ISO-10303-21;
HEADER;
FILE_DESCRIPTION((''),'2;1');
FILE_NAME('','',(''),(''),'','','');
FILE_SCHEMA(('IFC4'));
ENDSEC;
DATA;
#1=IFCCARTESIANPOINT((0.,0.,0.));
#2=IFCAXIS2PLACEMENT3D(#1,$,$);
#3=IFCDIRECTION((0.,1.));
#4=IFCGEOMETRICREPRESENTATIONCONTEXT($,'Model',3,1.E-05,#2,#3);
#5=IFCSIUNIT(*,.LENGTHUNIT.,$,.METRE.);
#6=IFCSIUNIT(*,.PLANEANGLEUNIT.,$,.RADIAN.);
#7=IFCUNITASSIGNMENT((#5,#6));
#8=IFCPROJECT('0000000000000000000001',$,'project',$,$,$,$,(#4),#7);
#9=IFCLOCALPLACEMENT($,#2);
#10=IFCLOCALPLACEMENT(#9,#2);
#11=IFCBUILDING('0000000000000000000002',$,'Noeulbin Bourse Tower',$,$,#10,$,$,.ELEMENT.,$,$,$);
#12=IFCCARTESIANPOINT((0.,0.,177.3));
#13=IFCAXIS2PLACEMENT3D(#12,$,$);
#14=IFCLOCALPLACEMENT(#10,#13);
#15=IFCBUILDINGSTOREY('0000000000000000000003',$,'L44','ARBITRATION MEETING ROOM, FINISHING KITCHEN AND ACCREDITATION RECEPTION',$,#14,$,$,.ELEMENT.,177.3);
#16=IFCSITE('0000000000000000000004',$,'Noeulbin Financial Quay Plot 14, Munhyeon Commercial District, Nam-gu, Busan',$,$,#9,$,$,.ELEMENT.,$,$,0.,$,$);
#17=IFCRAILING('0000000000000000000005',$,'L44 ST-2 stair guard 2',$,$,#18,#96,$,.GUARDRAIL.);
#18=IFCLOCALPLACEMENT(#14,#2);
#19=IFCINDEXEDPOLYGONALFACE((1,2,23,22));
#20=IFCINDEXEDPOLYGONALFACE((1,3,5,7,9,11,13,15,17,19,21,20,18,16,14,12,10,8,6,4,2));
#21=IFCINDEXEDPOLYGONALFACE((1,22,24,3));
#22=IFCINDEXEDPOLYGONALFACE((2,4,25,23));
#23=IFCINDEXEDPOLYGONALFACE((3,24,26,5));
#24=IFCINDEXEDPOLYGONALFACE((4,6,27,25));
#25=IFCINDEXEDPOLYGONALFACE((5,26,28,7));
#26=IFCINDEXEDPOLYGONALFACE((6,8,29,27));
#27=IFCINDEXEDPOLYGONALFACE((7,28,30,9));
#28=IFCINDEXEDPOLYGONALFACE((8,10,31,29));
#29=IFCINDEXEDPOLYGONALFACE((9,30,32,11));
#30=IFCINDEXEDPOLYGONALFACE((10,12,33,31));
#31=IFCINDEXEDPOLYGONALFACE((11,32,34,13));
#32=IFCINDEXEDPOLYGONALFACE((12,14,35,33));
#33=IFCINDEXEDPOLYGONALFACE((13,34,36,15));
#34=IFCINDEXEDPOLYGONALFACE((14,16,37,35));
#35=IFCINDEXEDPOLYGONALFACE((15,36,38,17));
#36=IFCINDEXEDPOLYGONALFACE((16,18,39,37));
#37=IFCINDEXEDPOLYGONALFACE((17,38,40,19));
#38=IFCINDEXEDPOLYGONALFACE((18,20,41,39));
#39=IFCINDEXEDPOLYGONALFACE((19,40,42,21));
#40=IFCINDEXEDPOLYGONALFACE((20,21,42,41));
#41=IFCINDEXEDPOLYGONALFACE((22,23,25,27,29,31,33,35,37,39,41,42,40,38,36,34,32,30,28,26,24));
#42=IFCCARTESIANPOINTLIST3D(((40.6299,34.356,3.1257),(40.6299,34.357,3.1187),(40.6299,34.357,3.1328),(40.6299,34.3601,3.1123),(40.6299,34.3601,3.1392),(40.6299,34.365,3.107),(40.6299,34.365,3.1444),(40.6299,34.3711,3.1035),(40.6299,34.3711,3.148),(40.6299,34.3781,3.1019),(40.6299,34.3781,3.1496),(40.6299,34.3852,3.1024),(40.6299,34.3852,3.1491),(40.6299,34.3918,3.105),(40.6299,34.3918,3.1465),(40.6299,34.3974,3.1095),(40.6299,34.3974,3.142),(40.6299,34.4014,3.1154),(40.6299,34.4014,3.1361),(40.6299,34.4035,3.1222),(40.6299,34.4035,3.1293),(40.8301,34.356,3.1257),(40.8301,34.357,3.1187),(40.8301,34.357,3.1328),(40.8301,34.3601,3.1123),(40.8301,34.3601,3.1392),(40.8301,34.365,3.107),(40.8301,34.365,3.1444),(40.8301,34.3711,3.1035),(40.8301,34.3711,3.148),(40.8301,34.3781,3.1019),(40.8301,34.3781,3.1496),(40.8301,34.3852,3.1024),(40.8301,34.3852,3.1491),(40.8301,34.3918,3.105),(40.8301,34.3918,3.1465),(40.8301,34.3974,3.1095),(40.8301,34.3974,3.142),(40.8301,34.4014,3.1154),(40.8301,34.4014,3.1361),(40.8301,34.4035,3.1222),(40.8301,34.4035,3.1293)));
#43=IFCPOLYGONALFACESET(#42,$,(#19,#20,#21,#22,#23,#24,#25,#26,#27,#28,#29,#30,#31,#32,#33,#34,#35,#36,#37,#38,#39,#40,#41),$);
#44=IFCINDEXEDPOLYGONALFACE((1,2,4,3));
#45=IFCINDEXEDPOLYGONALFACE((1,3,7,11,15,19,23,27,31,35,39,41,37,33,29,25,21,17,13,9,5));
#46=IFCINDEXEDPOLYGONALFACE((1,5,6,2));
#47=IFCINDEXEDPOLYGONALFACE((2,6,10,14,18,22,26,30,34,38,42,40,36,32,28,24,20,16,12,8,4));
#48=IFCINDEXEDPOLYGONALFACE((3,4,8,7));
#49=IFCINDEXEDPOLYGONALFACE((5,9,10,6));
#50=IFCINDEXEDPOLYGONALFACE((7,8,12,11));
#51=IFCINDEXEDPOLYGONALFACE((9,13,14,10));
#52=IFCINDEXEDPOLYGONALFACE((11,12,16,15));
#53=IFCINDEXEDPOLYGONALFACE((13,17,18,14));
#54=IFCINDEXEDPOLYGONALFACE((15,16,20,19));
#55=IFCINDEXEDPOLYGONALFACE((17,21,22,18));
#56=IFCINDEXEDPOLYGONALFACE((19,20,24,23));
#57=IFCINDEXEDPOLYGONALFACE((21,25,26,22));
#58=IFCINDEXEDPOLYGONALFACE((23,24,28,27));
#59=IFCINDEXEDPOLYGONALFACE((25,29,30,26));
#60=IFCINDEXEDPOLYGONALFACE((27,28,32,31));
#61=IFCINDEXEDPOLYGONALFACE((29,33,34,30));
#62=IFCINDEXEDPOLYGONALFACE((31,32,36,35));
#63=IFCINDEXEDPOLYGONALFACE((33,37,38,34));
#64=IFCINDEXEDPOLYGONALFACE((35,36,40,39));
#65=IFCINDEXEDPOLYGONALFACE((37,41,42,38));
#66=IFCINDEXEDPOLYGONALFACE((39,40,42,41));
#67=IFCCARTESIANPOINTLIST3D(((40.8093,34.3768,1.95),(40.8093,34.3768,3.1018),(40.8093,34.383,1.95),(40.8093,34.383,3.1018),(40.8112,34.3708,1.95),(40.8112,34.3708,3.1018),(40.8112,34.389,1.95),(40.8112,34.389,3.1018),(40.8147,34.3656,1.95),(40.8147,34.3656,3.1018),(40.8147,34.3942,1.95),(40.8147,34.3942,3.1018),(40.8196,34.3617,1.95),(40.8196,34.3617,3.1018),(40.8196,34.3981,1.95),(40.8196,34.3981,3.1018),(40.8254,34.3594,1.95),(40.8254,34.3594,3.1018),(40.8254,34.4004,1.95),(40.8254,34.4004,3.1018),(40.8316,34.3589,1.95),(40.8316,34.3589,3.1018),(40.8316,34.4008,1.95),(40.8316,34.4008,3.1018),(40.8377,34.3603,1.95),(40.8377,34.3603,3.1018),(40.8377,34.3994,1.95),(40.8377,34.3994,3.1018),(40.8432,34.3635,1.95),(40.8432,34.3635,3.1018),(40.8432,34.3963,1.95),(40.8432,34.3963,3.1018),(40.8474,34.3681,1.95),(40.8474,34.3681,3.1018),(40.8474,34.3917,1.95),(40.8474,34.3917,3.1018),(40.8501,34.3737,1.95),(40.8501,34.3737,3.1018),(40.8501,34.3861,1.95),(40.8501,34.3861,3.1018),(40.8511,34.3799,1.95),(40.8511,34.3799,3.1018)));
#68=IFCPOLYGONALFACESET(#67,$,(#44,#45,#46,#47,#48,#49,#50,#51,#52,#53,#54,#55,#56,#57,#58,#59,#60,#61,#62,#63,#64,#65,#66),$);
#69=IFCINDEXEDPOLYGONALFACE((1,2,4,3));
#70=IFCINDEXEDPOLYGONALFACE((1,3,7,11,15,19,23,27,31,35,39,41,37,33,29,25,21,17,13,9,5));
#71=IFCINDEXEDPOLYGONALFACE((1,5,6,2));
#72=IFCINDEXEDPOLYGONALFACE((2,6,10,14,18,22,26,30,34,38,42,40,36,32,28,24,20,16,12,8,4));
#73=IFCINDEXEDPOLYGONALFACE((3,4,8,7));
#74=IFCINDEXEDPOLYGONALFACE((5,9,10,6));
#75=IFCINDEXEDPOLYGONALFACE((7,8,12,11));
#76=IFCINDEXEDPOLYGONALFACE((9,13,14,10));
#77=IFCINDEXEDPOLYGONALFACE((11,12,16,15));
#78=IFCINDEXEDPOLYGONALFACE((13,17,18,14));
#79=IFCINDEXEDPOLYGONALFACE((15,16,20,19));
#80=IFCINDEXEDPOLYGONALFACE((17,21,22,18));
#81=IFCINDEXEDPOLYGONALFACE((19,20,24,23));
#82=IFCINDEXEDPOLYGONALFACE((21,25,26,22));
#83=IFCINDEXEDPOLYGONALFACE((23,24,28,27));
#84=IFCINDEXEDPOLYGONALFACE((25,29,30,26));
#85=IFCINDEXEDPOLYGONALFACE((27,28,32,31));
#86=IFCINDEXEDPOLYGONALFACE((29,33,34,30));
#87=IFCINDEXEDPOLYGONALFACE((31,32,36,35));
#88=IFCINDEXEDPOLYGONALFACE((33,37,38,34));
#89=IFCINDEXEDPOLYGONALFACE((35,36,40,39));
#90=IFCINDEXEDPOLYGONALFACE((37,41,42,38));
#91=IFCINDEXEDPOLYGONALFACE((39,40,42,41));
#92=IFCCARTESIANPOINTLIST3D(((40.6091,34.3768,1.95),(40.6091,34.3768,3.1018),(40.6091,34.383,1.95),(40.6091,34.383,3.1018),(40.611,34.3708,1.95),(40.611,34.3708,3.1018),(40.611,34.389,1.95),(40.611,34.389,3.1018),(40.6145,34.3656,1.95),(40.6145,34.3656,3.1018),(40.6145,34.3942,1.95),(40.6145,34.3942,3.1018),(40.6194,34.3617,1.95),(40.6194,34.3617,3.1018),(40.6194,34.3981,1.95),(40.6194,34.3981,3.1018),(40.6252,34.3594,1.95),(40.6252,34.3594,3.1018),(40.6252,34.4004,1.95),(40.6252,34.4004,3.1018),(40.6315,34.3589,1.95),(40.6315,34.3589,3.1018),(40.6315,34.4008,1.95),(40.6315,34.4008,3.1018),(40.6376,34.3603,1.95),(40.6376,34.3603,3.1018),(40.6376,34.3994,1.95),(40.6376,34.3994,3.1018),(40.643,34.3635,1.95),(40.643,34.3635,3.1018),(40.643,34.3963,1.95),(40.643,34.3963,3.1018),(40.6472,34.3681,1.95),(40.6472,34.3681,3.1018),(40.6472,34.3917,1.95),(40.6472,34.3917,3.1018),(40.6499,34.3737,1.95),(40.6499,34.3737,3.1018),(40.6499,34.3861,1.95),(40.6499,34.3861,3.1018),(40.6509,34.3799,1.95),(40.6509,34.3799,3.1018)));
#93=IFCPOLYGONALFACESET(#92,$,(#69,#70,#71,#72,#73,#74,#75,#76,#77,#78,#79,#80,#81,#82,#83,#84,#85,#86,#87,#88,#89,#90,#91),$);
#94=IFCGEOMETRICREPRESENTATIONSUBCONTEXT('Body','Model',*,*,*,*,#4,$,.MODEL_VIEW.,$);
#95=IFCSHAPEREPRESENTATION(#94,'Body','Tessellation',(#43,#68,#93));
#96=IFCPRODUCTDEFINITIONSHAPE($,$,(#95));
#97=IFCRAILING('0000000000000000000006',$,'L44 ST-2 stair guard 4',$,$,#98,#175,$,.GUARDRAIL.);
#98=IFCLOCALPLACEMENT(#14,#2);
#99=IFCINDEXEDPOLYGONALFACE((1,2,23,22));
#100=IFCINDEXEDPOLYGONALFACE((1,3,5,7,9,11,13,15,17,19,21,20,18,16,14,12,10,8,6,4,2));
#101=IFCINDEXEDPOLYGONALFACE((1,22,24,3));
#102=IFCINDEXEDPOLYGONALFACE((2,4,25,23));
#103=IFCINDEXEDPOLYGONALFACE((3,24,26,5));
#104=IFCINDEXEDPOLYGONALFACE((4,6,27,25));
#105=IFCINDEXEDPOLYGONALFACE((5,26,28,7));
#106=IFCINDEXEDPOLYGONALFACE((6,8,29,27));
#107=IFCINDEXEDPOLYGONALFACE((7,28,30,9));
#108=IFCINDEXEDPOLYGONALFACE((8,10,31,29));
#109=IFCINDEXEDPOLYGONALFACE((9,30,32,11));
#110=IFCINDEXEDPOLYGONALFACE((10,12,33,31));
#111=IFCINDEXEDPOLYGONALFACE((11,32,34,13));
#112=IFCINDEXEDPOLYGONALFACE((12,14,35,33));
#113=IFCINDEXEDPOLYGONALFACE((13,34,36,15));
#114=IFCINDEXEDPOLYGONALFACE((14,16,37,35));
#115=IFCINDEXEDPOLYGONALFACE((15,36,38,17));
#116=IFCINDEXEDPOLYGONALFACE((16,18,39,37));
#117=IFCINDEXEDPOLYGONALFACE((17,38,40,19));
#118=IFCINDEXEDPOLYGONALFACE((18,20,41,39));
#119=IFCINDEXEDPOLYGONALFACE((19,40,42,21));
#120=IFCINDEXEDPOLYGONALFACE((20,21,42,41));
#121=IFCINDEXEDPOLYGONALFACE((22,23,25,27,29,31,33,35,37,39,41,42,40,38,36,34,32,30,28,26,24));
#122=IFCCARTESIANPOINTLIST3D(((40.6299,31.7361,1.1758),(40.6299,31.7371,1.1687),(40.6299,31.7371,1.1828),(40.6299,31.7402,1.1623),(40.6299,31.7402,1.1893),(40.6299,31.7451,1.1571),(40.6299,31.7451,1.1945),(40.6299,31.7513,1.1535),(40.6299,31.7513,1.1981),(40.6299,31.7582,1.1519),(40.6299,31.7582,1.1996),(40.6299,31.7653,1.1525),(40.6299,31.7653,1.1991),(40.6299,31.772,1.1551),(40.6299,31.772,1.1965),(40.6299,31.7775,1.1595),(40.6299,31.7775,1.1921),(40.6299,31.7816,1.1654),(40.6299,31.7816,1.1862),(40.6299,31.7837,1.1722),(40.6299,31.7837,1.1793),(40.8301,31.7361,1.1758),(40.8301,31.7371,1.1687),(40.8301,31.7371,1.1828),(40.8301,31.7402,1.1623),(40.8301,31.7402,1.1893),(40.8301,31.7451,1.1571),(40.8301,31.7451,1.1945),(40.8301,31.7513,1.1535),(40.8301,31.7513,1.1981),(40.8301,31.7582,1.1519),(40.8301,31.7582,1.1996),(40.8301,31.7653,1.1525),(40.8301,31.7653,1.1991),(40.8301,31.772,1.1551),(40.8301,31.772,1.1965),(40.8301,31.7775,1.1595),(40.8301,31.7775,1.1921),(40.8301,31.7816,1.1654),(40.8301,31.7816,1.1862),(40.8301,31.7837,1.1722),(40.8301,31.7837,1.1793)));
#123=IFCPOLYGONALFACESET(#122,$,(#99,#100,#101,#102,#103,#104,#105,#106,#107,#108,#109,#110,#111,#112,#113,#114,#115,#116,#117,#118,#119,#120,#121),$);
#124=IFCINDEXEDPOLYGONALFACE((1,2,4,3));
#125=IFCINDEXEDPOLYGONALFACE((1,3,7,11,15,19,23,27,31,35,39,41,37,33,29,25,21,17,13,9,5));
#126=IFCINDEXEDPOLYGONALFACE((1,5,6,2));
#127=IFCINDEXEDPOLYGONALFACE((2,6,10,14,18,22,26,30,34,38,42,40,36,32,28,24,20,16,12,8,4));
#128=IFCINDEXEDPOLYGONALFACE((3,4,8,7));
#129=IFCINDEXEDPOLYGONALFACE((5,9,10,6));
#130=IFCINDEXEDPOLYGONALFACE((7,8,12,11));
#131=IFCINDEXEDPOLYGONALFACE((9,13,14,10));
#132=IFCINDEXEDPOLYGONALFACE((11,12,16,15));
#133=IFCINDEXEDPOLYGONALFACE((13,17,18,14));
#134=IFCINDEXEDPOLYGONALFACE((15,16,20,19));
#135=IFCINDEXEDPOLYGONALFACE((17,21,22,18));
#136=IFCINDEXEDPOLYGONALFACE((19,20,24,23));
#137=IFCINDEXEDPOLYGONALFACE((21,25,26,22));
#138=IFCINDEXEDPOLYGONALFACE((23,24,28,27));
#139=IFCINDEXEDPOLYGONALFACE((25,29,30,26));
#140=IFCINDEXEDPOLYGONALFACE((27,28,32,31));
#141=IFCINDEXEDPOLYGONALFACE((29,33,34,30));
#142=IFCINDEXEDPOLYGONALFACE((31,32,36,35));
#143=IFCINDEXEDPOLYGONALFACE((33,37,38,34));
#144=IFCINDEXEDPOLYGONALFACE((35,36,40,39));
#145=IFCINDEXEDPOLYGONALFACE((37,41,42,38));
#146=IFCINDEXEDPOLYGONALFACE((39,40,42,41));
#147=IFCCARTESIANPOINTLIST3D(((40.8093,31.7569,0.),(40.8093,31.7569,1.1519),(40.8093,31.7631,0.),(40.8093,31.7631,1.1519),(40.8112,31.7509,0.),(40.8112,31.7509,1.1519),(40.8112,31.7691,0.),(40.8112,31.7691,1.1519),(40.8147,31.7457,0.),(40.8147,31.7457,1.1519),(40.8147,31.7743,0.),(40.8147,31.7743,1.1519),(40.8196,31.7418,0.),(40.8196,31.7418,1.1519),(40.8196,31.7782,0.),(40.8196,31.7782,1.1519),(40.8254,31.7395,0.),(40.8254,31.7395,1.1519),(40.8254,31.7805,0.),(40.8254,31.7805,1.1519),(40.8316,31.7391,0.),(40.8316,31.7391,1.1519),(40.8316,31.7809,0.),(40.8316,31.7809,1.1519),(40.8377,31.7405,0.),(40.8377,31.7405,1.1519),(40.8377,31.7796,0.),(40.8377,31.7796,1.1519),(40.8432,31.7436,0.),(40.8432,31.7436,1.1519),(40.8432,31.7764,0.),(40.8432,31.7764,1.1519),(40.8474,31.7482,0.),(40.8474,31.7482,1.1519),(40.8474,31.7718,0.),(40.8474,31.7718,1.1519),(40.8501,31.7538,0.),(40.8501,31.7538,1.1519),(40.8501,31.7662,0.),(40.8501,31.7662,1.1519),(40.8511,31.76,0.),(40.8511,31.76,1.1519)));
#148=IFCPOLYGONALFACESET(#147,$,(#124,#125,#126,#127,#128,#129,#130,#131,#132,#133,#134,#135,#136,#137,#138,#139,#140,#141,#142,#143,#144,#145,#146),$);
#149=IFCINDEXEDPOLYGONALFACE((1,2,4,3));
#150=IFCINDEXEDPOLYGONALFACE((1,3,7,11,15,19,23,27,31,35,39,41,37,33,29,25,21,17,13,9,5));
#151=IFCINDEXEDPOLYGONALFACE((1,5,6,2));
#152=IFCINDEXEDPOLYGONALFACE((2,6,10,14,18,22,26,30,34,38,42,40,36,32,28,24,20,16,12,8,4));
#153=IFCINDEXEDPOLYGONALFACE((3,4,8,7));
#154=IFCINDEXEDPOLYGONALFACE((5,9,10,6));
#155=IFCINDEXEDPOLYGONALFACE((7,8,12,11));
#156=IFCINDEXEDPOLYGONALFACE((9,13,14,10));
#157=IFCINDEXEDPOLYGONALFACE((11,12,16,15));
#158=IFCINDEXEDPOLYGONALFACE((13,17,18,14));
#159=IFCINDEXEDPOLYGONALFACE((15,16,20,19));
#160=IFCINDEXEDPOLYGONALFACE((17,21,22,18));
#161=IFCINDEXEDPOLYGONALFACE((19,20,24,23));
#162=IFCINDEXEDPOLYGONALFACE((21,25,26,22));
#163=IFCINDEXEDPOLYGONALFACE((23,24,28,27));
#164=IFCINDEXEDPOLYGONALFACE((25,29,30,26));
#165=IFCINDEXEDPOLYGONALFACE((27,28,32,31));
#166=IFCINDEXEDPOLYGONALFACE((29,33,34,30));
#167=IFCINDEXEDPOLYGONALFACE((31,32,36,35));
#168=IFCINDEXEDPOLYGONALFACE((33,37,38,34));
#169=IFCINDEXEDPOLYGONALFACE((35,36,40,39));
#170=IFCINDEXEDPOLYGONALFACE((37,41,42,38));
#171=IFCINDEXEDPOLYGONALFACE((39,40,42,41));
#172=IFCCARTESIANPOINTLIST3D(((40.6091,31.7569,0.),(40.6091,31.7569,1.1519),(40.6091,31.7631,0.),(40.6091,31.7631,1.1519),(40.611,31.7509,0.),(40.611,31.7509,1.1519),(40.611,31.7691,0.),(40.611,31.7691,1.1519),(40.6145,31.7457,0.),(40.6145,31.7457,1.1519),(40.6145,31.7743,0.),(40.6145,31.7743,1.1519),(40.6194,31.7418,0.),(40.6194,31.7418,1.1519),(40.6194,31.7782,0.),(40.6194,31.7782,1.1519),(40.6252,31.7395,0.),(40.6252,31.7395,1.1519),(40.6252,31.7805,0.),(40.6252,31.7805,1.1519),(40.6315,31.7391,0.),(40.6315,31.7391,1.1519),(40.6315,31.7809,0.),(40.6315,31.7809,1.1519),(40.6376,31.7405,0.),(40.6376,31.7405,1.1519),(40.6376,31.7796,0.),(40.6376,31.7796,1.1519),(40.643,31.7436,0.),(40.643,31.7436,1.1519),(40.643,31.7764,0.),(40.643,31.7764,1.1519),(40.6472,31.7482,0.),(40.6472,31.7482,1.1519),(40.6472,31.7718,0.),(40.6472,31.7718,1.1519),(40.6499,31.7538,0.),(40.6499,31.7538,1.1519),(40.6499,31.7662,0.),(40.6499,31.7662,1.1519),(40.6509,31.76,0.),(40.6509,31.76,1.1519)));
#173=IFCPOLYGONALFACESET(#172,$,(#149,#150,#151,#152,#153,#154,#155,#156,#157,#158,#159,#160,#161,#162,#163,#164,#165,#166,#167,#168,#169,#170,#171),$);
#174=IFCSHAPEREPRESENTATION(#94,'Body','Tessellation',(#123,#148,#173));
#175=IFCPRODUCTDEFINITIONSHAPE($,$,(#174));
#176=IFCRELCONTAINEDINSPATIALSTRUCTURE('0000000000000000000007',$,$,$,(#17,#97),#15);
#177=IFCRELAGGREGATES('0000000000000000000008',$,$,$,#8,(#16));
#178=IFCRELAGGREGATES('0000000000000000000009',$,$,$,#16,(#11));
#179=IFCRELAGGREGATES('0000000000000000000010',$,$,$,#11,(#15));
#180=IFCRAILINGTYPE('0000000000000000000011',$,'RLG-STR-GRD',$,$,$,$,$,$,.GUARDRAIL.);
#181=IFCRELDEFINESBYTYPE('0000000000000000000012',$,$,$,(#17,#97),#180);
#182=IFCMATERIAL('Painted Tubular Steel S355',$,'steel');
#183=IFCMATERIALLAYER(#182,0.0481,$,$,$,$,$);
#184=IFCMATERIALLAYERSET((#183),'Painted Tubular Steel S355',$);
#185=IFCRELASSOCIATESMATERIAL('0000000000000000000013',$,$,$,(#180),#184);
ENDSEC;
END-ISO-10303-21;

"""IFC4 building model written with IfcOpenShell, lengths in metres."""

from ifc_helpers import new_model, si_unit, direction, frame, origin, origin_2d, place, context, subcontext, project, spatial, circle, extrude, material, layer, layer_set, type_object, element, save


model = new_model("IFC4")

# Units and contexts
model_context = context("Model", 3, precision=1e-05, world=origin(), true_north=direction((0.0, 1.0)))
body_context = subcontext(model_context, "Body", "Model", "MODEL_VIEW")
ifc_project = project(units=[si_unit("LENGTHUNIT", "METRE"), si_unit("PLANEANGLEUNIT", "RADIAN")], contexts=[model_context])

# Site, building, storey
site_placement = place(None, origin())
site = spatial("IfcSite", under=ifc_project, at=site_placement, Name="Noeulbin Financial Quay Plot 14, Munhyeon Commercial District, Nam-gu, Busan", CompositionType="ELEMENT", RefElevation=0.0)
building_placement = place(site_placement, origin())
building = spatial("IfcBuilding", under=site, at=building_placement, Name="Noeulbin Bourse Tower", CompositionType="ELEMENT")
storey_placement = place(building_placement, frame((0.0, 0.0, 177.3)))
storey = spatial("IfcBuildingStorey", under=building, at=storey_placement, Name="L44", Description="ARBITRATION MEETING ROOM, FINISHING KITCHEN AND ACCREDITATION RECEPTION", CompositionType="ELEMENT", Elevation=177.3)

# Railings
ifc_material_1 = material(Name="Painted Tubular Steel S355", Category="steel")
ifc_layer_1 = layer(ifc_material_1, 0.0481)
ifc_layer_set_1 = layer_set([ifc_layer_1], Name="Painted Tubular Steel S355")
railing_type_1 = type_object("IfcRailingType", Name="RLG-STR-GRD", PredefinedType="GUARDRAIL", material=ifc_layer_set_1)
for number, where, name in (
    (1, (40.8301, 34.3799, 1.95), "L44 ST-2 stair guard 2"),
    (2, (40.8301, 31.76, 0.0), "L44 ST-2 stair guard 4"),
):
    element("IfcRailing", number, at=place(storey_placement, frame(where)), inside=storey, type_object=railing_type_1, Name=name, PredefinedType="GUARDRAIL", context=body_context, shape_type="SweptSolid", body=[
        extrude(circle(Radius=0.0239, at=origin_2d()), frame((0.0, 0.0, 1.1758), z_axis=(-1.0, 0.0, 0.0), x_axis=(0.0, -1.0, 0.0)), (0.0, 0.0, 1.0), 0.2002),
        extrude(circle(Radius=0.021, at=origin_2d()), origin(), (0.0, 0.0, 1.0), 1.1519),
        extrude(circle(Radius=0.021, at=origin_2d()), frame((-0.2002, 0.0, 0.0)), (0.0, 0.0, 1.0), 1.1519),
    ])

save(model, "model.ifc")
